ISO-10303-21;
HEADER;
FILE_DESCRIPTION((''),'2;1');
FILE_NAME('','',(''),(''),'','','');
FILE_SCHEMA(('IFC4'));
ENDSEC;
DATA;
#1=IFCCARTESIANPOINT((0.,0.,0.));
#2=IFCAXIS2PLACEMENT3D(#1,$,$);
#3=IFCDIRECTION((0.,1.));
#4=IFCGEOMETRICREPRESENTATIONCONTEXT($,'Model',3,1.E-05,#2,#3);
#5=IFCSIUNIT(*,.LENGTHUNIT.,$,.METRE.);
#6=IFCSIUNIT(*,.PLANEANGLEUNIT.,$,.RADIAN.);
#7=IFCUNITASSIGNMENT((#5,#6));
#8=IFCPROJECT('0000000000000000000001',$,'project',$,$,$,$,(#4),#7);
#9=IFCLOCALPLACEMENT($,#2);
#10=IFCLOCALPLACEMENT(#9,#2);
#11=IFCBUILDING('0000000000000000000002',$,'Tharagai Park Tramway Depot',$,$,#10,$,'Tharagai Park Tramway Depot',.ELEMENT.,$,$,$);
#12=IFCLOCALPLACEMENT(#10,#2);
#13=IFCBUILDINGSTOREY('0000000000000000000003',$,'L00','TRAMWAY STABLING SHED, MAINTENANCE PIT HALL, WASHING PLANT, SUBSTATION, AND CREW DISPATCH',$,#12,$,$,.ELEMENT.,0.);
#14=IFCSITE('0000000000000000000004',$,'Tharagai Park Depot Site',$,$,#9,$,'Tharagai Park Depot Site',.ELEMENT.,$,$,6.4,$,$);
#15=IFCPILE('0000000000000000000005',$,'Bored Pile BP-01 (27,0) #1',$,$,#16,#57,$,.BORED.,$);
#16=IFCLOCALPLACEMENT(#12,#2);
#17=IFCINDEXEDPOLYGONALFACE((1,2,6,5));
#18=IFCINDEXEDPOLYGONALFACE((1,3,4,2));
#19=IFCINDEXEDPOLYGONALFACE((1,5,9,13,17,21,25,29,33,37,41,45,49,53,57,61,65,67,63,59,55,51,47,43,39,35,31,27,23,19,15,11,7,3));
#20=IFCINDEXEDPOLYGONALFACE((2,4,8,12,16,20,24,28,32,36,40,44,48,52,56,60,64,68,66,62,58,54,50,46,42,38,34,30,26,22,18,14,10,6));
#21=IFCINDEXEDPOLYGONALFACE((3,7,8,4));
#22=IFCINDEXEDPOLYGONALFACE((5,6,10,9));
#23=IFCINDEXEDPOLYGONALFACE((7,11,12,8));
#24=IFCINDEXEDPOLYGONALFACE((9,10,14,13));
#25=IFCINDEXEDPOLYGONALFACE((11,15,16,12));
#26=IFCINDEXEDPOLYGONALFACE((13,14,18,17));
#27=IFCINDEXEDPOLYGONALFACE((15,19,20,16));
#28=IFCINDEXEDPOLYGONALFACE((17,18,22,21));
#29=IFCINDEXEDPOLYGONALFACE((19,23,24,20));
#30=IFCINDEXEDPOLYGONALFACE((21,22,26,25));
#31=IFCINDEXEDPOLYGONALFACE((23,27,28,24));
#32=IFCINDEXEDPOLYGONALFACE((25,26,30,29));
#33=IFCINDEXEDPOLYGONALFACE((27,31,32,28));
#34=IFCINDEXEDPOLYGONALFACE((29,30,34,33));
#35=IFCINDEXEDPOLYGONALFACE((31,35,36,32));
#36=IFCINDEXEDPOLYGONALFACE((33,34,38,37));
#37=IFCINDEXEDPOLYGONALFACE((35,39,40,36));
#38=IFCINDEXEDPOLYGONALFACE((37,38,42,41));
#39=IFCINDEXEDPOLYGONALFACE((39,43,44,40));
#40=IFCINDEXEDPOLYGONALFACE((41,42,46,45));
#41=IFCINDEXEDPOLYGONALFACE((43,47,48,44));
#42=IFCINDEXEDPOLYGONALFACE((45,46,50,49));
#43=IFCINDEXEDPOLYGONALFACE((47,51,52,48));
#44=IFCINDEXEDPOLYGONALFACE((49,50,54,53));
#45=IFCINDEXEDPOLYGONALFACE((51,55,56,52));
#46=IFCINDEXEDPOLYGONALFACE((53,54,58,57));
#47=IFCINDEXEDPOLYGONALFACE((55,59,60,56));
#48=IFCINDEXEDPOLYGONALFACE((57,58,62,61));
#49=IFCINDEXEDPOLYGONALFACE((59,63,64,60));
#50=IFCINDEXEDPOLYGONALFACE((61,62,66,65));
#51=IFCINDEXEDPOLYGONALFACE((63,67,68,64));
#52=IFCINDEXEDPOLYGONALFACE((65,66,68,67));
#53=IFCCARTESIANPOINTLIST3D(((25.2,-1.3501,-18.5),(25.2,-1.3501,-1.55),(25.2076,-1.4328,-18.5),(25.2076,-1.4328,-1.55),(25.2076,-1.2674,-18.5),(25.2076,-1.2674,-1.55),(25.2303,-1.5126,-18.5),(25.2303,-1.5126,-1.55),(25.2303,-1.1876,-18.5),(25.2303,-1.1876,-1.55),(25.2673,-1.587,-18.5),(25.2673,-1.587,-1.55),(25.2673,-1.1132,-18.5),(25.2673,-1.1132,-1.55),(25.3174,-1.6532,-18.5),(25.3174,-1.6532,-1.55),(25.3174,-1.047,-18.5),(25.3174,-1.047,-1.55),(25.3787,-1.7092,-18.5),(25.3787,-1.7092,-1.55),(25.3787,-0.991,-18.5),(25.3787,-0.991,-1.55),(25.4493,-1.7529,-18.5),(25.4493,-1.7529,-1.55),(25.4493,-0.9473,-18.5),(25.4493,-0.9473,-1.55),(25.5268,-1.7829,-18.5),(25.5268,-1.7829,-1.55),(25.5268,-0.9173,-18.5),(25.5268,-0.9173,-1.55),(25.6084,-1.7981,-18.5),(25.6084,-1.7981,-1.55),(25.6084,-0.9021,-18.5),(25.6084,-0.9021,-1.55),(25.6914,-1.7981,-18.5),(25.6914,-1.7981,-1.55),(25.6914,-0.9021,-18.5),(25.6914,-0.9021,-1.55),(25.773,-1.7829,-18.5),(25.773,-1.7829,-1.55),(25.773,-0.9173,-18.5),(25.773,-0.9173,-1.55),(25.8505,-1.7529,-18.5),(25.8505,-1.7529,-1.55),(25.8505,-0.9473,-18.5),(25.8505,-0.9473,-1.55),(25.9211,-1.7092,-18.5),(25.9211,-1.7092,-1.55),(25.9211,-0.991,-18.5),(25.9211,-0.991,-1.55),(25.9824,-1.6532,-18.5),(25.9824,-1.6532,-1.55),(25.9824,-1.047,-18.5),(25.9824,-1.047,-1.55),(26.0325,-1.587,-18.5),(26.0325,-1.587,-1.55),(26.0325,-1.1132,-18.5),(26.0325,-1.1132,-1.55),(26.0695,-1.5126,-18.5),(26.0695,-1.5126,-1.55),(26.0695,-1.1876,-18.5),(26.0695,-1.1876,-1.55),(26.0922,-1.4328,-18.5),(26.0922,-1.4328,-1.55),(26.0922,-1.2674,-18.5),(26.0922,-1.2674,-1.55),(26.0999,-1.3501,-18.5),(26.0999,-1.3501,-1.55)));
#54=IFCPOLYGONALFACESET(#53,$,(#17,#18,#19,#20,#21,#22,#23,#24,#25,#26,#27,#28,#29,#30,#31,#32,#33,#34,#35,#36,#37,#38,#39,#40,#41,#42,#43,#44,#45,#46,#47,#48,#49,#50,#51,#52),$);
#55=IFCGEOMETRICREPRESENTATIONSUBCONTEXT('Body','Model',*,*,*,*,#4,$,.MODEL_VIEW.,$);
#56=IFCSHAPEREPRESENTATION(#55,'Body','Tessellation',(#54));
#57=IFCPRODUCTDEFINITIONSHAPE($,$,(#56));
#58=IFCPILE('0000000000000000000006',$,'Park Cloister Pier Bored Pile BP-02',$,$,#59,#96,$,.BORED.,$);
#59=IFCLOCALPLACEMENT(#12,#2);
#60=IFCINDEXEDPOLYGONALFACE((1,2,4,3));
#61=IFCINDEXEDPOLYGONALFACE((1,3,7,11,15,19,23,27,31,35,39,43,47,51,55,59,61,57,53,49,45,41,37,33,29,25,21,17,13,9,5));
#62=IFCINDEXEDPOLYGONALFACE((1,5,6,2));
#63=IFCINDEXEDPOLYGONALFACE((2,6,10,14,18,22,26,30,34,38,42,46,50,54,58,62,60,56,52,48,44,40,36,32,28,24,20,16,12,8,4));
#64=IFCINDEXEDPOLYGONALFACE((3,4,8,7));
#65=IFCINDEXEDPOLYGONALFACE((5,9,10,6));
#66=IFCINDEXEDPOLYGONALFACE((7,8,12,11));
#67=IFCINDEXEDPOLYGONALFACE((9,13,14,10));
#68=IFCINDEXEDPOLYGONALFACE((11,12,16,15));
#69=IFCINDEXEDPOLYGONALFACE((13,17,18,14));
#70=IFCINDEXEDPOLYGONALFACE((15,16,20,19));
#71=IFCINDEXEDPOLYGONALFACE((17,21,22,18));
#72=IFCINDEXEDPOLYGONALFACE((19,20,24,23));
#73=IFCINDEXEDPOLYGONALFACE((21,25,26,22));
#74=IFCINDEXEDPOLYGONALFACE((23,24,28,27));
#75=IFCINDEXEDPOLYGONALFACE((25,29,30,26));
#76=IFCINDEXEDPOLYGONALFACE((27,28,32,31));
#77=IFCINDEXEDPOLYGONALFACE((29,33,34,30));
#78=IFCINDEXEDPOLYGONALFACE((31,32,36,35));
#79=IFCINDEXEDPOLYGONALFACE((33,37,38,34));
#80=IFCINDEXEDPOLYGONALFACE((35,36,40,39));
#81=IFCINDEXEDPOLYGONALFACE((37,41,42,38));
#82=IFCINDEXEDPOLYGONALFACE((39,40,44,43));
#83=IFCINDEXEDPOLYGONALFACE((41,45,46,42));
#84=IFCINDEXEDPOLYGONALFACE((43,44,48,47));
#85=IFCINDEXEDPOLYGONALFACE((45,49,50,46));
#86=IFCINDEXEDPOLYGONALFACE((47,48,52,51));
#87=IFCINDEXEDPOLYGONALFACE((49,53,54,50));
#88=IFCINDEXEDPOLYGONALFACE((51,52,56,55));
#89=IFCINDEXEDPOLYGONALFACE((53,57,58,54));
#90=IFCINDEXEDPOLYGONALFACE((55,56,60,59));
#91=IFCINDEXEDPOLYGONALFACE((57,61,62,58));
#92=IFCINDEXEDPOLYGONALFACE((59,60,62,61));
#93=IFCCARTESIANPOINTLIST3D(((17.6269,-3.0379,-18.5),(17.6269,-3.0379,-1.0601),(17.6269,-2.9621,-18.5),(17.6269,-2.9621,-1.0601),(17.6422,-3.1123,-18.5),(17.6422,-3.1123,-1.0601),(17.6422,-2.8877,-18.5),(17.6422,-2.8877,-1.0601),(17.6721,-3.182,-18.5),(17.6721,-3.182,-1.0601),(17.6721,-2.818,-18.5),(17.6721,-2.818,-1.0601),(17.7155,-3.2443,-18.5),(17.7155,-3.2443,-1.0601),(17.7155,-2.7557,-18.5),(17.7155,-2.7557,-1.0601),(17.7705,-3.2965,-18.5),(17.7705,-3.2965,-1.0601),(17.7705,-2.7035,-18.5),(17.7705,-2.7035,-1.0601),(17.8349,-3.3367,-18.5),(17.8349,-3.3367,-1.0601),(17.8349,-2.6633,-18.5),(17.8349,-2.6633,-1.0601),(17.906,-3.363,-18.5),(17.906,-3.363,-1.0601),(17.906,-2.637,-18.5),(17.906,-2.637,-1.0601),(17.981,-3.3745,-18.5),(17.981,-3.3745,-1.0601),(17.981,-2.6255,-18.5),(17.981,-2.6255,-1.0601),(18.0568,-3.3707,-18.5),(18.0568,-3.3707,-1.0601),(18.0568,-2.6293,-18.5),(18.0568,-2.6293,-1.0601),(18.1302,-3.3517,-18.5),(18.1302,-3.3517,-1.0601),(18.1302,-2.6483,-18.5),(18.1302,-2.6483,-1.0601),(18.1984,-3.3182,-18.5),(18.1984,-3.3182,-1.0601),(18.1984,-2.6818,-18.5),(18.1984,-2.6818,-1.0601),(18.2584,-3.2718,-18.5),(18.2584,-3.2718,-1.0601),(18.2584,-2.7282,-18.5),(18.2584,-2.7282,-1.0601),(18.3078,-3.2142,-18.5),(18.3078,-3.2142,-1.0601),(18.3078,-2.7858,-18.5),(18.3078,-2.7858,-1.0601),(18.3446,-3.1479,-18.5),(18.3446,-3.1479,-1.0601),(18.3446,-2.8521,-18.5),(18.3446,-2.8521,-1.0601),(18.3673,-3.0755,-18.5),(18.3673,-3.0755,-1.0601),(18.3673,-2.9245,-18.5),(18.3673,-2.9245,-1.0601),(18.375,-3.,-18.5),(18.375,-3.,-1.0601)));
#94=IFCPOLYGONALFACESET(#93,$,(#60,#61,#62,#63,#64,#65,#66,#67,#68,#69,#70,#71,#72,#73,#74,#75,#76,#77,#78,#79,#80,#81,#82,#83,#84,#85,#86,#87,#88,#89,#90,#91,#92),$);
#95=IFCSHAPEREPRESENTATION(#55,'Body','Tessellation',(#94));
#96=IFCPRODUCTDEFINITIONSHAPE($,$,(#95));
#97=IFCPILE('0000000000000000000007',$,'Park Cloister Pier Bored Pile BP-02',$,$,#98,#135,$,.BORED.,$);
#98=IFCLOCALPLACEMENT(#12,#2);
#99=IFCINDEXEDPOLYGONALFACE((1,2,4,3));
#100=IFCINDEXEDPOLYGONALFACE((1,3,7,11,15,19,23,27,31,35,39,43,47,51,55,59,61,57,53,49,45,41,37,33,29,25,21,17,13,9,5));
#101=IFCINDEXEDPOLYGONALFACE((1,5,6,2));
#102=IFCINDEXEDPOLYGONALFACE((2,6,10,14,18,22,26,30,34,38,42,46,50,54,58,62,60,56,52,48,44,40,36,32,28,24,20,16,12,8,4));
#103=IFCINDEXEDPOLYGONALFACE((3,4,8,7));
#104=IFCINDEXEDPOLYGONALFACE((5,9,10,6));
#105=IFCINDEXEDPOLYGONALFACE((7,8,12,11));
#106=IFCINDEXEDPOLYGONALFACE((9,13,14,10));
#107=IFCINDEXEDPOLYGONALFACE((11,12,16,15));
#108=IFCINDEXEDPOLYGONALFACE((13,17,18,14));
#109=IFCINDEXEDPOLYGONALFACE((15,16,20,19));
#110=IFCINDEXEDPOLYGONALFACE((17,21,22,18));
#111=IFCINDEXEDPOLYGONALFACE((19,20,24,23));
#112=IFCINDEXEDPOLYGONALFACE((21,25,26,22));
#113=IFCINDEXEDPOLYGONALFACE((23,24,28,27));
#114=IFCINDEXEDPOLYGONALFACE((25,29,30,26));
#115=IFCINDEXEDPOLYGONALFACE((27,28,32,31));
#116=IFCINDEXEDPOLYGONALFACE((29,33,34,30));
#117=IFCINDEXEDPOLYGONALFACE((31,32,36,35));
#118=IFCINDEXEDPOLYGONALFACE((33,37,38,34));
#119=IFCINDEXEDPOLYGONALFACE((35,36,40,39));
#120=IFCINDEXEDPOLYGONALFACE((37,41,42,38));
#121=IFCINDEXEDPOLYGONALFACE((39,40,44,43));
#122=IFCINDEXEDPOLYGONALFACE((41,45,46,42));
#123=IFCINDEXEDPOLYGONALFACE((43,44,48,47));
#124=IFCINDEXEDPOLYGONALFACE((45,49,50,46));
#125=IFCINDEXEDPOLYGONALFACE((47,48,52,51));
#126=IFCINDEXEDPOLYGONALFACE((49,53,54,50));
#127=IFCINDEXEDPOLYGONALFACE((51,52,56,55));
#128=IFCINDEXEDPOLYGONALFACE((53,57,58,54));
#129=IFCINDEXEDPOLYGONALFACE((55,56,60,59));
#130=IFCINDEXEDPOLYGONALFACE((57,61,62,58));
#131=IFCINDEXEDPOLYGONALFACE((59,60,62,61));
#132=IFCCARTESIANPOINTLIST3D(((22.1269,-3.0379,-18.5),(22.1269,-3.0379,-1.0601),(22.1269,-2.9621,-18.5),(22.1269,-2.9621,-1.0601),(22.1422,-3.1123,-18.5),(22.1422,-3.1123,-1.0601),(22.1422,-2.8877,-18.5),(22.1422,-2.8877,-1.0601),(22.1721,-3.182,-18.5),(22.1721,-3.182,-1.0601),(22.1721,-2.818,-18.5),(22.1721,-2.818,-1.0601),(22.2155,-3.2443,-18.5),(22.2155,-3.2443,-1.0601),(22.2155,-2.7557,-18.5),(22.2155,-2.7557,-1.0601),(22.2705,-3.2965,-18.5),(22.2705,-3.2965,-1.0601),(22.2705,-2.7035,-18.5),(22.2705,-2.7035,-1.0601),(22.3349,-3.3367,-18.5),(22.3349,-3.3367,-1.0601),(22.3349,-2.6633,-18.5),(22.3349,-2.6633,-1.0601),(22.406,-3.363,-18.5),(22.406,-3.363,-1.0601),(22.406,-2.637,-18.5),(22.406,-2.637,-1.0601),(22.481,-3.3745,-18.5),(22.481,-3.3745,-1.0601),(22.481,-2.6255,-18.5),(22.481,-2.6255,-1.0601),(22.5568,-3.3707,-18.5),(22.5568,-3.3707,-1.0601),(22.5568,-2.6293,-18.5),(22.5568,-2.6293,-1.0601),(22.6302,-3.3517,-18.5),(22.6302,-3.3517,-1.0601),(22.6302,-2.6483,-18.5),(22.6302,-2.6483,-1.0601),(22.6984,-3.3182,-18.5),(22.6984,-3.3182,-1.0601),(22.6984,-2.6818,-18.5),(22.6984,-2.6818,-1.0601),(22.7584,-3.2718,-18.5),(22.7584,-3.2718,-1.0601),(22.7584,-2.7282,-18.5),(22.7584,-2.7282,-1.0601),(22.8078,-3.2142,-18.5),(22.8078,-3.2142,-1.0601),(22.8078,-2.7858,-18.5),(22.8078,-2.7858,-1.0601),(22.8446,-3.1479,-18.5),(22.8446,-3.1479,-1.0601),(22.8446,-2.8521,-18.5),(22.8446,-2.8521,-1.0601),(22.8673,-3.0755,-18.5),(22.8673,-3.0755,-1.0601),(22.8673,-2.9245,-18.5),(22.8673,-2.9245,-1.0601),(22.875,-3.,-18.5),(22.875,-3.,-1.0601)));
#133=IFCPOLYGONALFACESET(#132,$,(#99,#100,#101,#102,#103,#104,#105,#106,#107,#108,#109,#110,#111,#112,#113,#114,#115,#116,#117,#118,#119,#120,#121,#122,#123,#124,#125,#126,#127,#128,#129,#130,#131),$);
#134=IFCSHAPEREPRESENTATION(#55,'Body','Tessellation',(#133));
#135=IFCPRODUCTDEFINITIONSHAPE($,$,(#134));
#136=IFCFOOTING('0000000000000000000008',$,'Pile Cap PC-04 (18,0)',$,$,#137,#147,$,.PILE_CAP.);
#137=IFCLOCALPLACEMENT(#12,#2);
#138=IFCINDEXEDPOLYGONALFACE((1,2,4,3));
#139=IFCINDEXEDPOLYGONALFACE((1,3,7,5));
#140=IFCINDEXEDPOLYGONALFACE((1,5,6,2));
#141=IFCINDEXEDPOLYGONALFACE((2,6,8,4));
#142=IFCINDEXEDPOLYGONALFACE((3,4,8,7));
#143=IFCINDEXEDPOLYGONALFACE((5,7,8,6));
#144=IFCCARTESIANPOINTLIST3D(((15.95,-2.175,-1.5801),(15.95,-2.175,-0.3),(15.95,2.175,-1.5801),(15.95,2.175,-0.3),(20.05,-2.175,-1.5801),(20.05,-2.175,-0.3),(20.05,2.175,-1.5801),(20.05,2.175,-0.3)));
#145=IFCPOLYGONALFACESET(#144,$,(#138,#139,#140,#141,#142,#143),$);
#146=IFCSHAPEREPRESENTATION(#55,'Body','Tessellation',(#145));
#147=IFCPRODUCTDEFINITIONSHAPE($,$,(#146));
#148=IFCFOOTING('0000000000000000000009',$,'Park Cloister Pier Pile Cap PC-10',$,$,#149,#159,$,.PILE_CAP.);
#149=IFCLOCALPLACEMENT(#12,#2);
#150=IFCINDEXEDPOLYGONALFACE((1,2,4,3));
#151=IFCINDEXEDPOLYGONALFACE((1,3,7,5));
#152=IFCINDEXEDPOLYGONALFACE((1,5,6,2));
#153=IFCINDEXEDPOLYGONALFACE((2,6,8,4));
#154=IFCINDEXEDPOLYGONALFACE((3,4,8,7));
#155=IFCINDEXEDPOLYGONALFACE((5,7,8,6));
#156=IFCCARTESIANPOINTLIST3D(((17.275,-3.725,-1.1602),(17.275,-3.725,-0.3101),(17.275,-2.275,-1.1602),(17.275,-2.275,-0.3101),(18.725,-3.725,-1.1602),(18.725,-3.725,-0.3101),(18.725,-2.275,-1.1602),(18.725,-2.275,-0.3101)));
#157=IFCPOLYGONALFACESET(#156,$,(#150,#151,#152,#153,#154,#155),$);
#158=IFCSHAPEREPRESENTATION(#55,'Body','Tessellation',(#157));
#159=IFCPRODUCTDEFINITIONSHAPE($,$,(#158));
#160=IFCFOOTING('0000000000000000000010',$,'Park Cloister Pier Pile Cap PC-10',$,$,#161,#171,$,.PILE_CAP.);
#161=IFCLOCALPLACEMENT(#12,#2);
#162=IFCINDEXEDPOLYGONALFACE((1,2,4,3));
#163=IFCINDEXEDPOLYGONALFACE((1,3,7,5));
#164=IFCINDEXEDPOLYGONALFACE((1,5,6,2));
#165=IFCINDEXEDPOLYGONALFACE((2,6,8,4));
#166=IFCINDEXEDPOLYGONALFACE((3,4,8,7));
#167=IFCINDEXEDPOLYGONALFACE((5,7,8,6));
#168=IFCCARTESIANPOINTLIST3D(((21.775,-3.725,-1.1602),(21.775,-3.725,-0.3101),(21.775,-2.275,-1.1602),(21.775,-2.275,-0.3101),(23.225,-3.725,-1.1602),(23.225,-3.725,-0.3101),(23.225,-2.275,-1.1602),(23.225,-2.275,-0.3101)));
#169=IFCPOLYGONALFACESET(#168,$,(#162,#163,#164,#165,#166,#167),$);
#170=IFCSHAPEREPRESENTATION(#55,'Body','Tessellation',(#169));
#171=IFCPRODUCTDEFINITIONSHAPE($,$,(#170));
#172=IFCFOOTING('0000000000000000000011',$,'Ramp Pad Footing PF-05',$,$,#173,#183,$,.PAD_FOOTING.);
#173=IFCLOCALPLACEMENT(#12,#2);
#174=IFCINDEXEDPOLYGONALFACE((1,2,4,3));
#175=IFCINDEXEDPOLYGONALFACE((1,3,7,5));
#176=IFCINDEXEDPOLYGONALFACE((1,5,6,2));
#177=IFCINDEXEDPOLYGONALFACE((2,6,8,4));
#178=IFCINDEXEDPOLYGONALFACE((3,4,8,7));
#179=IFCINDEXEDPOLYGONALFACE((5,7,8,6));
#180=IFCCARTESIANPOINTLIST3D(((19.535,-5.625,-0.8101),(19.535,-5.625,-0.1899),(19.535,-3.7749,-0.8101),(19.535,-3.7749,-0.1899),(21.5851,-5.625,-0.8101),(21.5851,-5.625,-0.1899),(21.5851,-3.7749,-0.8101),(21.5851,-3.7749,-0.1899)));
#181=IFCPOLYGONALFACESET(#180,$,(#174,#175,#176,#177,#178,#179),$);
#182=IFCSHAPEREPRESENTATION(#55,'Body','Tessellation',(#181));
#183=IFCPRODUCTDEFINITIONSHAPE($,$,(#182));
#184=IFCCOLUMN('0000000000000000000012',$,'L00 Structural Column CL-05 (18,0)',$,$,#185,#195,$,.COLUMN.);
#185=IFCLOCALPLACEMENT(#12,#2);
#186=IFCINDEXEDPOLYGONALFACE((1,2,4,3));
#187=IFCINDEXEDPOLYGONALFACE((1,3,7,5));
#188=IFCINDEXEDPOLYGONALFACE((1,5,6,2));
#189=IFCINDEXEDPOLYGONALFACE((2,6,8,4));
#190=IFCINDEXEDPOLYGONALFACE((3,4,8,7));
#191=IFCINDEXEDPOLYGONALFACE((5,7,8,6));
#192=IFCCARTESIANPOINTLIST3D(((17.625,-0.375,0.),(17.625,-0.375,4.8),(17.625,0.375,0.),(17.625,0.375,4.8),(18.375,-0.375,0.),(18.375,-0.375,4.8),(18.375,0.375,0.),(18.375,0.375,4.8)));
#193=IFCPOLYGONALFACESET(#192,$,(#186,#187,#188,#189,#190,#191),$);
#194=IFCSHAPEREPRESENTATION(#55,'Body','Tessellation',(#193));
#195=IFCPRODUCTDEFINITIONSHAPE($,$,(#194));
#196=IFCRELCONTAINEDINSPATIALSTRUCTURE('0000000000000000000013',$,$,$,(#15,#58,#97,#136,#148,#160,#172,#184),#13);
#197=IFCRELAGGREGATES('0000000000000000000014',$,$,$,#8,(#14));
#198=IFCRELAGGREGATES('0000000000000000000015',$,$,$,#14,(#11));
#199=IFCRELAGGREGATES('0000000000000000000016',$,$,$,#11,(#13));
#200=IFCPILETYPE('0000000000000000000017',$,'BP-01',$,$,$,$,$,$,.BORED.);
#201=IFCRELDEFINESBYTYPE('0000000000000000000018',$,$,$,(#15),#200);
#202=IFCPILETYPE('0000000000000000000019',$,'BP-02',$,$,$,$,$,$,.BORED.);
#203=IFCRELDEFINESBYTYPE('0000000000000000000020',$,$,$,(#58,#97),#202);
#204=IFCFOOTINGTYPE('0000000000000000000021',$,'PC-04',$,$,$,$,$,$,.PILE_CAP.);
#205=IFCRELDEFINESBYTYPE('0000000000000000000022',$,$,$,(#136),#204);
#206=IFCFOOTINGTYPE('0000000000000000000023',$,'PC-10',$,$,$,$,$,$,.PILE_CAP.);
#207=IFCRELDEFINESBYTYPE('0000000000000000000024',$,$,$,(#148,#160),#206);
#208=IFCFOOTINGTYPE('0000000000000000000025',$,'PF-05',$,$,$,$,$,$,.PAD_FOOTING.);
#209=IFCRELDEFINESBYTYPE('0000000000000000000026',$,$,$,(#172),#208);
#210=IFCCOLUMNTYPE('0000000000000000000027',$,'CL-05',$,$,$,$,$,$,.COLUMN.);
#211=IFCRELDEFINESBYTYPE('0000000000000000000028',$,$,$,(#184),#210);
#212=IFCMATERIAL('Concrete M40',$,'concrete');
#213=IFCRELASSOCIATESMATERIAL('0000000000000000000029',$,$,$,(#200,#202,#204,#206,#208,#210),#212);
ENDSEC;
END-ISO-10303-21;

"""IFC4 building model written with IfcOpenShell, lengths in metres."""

from ifc_helpers import new_model, si_unit, direction, frame, origin, origin_2d, place, context, subcontext, project, spatial, rectangle, circle, extrude, material, material_profile, profile_set, type_object, element, save


model = new_model("IFC4")

# Units and contexts
model_context = context("Model", 3, precision=1e-05, world=origin(), true_north=direction((0.0, 1.0)))
body_context = subcontext(model_context, "Body", "Model", "MODEL_VIEW")
ifc_project = project(units=[si_unit("LENGTHUNIT", "METRE"), si_unit("PLANEANGLEUNIT", "RADIAN")], contexts=[model_context])

# Site, building, storey
site_placement = place(None, origin())
site = spatial("IfcSite", under=ifc_project, at=site_placement, Name="Tharagai Park Depot Site", LongName="Tharagai Park Depot Site", CompositionType="ELEMENT", RefElevation=6.4)
building_placement = place(site_placement, origin())
building = spatial("IfcBuilding", under=site, at=building_placement, Name="Tharagai Park Tramway Depot", LongName="Tharagai Park Tramway Depot", CompositionType="ELEMENT")
storey_placement = place(building_placement, origin())
storey = spatial("IfcBuildingStorey", under=building, at=storey_placement, Name="L00", Description="TRAMWAY STABLING SHED, MAINTENANCE PIT HALL, WASHING PLANT, SUBSTATION, AND CREW DISPATCH", CompositionType="ELEMENT", Elevation=0.0)

# Piles
ifc_material_1 = material(Name="Concrete M40", Category="concrete")
ifc_material_profile_1 = material_profile(ifc_material_1, circle(Radius=0.45, at=origin_2d()), Name="PILE D900")
ifc_profile_set_1 = profile_set([ifc_material_profile_1], Name="Concrete M40")
pile_type_1 = type_object("IfcPileType", Name="BP-01", PredefinedType="BORED", material=ifc_profile_set_1)
pile_placement = place(storey_placement, frame((25.6499, -1.3501, -1.55), z_axis=(0.0, 0.0, -1.0), x_axis=(1.0, 0.0, 0.0)))
element("IfcPile", 1, at=pile_placement, inside=storey, type_object=pile_type_1, Name="Bored Pile BP-01 (27,0) #1", PredefinedType="BORED", context=body_context, shape_type="SweptSolid", body=[
    extrude(circle(Radius=0.45, at=origin_2d()), origin(), (0.0, 0.0, 1.0), 16.95),
])
ifc_material_profile_2 = material_profile(ifc_material_1, circle(Radius=0.375, at=origin_2d()), Name="PILE D750")
ifc_profile_set_2 = profile_set([ifc_material_profile_2], Name="Concrete M40")
pile_type_2 = type_object("IfcPileType", Name="BP-02", PredefinedType="BORED", material=ifc_profile_set_2)
for number, where, z_axis, x_axis, name in (
    (2, (18.0, -3.0, -1.0601), (0.0, 0.0, -1.0), (1.0, 0.0, 0.0), "Park Cloister Pier Bored Pile BP-02"),
    (3, (22.5, -3.0, -1.0601), (0.0, 0.0, -1.0), (1.0, 0.0, 0.0), "Park Cloister Pier Bored Pile BP-02"),
):
    element("IfcPile", number, at=place(storey_placement, frame(where, z_axis=z_axis, x_axis=x_axis)), inside=storey, type_object=pile_type_2, Name=name, PredefinedType="BORED", context=body_context, shape_type="SweptSolid", body=[
        extrude(circle(Radius=0.375, at=origin_2d()), origin(), (0.0, 0.0, 1.0), 17.4399),
    ])

# Footings
footing_type_1 = type_object("IfcFootingType", Name="PC-04", PredefinedType="PILE_CAP", material=ifc_material_1)
footing_1_placement = place(storey_placement, frame((18.0, 0.0, -1.5801), z_axis=(0.0, 0.0, 1.0), x_axis=(1.0, 0.0, 0.0)))
element("IfcFooting", 4, at=footing_1_placement, inside=storey, type_object=footing_type_1, Name="Pile Cap PC-04 (18,0)", PredefinedType="PILE_CAP", context=body_context, shape_type="SweptSolid", body=[
    extrude(rectangle(XDim=4.1001, YDim=4.3501, at=origin_2d()), origin(), (0.0, 0.0, 1.0), 1.28),
])
footing_type_2 = type_object("IfcFootingType", Name="PC-10", PredefinedType="PILE_CAP", material=ifc_material_1)
for number, where, z_axis, x_axis, name in (
    (5, (18.0, -3.0, -1.1602), (0.0, 0.0, 1.0), (1.0, 0.0, 0.0), "Park Cloister Pier Pile Cap PC-10"),
    (6, (22.5, -3.0, -1.1602), (0.0, 0.0, 1.0), (1.0, 0.0, 0.0), "Park Cloister Pier Pile Cap PC-10"),
):
    element("IfcFooting", number, at=place(storey_placement, frame(where, z_axis=z_axis, x_axis=x_axis)), inside=storey, type_object=footing_type_2, Name=name, PredefinedType="PILE_CAP", context=body_context, shape_type="SweptSolid", body=[
        extrude(rectangle(XDim=1.45, YDim=1.45, at=origin_2d()), origin(), (0.0, 0.0, 1.0), 0.8501),
    ])
footing_type_3 = type_object("IfcFootingType", Name="PF-05", PredefinedType="PAD_FOOTING", material=ifc_material_1)
footing_2_placement = place(storey_placement, frame((20.5601, -4.7, -0.8101), z_axis=(0.0, 0.0, 1.0), x_axis=(1.0, 0.0, 0.0)))
element("IfcFooting", 7, at=footing_2_placement, inside=storey, type_object=footing_type_3, Name="Ramp Pad Footing PF-05", PredefinedType="PAD_FOOTING", context=body_context, shape_type="SweptSolid", body=[
    extrude(rectangle(XDim=2.05, YDim=1.8501, at=origin_2d()), origin(), (0.0, 0.0, 1.0), 0.6201),
])

# Column
ifc_material_profile_3 = material_profile(ifc_material_1, rectangle(XDim=0.75, YDim=0.75, at=origin_2d()), Name="RC 750x750")
ifc_profile_set_3 = profile_set([ifc_material_profile_3], Name="Concrete M40")
column_type_1 = type_object("IfcColumnType", Name="CL-05", PredefinedType="COLUMN", material=ifc_profile_set_3)
column_1_placement = place(storey_placement, frame((18.0, 0.0, 0.0), z_axis=(0.0, 0.0, 1.0), x_axis=(1.0, 0.0, 0.0)))
element("IfcColumn", 8, at=column_1_placement, inside=storey, type_object=column_type_1, Name="L00 Structural Column CL-05 (18,0)", PredefinedType="COLUMN", context=body_context, shape_type="SweptSolid", body=[
    extrude(rectangle(XDim=0.75, YDim=0.75, at=origin_2d()), origin(), (0.0, 0.0, 1.0), 4.8),
])

save(model, "model.ifc")
